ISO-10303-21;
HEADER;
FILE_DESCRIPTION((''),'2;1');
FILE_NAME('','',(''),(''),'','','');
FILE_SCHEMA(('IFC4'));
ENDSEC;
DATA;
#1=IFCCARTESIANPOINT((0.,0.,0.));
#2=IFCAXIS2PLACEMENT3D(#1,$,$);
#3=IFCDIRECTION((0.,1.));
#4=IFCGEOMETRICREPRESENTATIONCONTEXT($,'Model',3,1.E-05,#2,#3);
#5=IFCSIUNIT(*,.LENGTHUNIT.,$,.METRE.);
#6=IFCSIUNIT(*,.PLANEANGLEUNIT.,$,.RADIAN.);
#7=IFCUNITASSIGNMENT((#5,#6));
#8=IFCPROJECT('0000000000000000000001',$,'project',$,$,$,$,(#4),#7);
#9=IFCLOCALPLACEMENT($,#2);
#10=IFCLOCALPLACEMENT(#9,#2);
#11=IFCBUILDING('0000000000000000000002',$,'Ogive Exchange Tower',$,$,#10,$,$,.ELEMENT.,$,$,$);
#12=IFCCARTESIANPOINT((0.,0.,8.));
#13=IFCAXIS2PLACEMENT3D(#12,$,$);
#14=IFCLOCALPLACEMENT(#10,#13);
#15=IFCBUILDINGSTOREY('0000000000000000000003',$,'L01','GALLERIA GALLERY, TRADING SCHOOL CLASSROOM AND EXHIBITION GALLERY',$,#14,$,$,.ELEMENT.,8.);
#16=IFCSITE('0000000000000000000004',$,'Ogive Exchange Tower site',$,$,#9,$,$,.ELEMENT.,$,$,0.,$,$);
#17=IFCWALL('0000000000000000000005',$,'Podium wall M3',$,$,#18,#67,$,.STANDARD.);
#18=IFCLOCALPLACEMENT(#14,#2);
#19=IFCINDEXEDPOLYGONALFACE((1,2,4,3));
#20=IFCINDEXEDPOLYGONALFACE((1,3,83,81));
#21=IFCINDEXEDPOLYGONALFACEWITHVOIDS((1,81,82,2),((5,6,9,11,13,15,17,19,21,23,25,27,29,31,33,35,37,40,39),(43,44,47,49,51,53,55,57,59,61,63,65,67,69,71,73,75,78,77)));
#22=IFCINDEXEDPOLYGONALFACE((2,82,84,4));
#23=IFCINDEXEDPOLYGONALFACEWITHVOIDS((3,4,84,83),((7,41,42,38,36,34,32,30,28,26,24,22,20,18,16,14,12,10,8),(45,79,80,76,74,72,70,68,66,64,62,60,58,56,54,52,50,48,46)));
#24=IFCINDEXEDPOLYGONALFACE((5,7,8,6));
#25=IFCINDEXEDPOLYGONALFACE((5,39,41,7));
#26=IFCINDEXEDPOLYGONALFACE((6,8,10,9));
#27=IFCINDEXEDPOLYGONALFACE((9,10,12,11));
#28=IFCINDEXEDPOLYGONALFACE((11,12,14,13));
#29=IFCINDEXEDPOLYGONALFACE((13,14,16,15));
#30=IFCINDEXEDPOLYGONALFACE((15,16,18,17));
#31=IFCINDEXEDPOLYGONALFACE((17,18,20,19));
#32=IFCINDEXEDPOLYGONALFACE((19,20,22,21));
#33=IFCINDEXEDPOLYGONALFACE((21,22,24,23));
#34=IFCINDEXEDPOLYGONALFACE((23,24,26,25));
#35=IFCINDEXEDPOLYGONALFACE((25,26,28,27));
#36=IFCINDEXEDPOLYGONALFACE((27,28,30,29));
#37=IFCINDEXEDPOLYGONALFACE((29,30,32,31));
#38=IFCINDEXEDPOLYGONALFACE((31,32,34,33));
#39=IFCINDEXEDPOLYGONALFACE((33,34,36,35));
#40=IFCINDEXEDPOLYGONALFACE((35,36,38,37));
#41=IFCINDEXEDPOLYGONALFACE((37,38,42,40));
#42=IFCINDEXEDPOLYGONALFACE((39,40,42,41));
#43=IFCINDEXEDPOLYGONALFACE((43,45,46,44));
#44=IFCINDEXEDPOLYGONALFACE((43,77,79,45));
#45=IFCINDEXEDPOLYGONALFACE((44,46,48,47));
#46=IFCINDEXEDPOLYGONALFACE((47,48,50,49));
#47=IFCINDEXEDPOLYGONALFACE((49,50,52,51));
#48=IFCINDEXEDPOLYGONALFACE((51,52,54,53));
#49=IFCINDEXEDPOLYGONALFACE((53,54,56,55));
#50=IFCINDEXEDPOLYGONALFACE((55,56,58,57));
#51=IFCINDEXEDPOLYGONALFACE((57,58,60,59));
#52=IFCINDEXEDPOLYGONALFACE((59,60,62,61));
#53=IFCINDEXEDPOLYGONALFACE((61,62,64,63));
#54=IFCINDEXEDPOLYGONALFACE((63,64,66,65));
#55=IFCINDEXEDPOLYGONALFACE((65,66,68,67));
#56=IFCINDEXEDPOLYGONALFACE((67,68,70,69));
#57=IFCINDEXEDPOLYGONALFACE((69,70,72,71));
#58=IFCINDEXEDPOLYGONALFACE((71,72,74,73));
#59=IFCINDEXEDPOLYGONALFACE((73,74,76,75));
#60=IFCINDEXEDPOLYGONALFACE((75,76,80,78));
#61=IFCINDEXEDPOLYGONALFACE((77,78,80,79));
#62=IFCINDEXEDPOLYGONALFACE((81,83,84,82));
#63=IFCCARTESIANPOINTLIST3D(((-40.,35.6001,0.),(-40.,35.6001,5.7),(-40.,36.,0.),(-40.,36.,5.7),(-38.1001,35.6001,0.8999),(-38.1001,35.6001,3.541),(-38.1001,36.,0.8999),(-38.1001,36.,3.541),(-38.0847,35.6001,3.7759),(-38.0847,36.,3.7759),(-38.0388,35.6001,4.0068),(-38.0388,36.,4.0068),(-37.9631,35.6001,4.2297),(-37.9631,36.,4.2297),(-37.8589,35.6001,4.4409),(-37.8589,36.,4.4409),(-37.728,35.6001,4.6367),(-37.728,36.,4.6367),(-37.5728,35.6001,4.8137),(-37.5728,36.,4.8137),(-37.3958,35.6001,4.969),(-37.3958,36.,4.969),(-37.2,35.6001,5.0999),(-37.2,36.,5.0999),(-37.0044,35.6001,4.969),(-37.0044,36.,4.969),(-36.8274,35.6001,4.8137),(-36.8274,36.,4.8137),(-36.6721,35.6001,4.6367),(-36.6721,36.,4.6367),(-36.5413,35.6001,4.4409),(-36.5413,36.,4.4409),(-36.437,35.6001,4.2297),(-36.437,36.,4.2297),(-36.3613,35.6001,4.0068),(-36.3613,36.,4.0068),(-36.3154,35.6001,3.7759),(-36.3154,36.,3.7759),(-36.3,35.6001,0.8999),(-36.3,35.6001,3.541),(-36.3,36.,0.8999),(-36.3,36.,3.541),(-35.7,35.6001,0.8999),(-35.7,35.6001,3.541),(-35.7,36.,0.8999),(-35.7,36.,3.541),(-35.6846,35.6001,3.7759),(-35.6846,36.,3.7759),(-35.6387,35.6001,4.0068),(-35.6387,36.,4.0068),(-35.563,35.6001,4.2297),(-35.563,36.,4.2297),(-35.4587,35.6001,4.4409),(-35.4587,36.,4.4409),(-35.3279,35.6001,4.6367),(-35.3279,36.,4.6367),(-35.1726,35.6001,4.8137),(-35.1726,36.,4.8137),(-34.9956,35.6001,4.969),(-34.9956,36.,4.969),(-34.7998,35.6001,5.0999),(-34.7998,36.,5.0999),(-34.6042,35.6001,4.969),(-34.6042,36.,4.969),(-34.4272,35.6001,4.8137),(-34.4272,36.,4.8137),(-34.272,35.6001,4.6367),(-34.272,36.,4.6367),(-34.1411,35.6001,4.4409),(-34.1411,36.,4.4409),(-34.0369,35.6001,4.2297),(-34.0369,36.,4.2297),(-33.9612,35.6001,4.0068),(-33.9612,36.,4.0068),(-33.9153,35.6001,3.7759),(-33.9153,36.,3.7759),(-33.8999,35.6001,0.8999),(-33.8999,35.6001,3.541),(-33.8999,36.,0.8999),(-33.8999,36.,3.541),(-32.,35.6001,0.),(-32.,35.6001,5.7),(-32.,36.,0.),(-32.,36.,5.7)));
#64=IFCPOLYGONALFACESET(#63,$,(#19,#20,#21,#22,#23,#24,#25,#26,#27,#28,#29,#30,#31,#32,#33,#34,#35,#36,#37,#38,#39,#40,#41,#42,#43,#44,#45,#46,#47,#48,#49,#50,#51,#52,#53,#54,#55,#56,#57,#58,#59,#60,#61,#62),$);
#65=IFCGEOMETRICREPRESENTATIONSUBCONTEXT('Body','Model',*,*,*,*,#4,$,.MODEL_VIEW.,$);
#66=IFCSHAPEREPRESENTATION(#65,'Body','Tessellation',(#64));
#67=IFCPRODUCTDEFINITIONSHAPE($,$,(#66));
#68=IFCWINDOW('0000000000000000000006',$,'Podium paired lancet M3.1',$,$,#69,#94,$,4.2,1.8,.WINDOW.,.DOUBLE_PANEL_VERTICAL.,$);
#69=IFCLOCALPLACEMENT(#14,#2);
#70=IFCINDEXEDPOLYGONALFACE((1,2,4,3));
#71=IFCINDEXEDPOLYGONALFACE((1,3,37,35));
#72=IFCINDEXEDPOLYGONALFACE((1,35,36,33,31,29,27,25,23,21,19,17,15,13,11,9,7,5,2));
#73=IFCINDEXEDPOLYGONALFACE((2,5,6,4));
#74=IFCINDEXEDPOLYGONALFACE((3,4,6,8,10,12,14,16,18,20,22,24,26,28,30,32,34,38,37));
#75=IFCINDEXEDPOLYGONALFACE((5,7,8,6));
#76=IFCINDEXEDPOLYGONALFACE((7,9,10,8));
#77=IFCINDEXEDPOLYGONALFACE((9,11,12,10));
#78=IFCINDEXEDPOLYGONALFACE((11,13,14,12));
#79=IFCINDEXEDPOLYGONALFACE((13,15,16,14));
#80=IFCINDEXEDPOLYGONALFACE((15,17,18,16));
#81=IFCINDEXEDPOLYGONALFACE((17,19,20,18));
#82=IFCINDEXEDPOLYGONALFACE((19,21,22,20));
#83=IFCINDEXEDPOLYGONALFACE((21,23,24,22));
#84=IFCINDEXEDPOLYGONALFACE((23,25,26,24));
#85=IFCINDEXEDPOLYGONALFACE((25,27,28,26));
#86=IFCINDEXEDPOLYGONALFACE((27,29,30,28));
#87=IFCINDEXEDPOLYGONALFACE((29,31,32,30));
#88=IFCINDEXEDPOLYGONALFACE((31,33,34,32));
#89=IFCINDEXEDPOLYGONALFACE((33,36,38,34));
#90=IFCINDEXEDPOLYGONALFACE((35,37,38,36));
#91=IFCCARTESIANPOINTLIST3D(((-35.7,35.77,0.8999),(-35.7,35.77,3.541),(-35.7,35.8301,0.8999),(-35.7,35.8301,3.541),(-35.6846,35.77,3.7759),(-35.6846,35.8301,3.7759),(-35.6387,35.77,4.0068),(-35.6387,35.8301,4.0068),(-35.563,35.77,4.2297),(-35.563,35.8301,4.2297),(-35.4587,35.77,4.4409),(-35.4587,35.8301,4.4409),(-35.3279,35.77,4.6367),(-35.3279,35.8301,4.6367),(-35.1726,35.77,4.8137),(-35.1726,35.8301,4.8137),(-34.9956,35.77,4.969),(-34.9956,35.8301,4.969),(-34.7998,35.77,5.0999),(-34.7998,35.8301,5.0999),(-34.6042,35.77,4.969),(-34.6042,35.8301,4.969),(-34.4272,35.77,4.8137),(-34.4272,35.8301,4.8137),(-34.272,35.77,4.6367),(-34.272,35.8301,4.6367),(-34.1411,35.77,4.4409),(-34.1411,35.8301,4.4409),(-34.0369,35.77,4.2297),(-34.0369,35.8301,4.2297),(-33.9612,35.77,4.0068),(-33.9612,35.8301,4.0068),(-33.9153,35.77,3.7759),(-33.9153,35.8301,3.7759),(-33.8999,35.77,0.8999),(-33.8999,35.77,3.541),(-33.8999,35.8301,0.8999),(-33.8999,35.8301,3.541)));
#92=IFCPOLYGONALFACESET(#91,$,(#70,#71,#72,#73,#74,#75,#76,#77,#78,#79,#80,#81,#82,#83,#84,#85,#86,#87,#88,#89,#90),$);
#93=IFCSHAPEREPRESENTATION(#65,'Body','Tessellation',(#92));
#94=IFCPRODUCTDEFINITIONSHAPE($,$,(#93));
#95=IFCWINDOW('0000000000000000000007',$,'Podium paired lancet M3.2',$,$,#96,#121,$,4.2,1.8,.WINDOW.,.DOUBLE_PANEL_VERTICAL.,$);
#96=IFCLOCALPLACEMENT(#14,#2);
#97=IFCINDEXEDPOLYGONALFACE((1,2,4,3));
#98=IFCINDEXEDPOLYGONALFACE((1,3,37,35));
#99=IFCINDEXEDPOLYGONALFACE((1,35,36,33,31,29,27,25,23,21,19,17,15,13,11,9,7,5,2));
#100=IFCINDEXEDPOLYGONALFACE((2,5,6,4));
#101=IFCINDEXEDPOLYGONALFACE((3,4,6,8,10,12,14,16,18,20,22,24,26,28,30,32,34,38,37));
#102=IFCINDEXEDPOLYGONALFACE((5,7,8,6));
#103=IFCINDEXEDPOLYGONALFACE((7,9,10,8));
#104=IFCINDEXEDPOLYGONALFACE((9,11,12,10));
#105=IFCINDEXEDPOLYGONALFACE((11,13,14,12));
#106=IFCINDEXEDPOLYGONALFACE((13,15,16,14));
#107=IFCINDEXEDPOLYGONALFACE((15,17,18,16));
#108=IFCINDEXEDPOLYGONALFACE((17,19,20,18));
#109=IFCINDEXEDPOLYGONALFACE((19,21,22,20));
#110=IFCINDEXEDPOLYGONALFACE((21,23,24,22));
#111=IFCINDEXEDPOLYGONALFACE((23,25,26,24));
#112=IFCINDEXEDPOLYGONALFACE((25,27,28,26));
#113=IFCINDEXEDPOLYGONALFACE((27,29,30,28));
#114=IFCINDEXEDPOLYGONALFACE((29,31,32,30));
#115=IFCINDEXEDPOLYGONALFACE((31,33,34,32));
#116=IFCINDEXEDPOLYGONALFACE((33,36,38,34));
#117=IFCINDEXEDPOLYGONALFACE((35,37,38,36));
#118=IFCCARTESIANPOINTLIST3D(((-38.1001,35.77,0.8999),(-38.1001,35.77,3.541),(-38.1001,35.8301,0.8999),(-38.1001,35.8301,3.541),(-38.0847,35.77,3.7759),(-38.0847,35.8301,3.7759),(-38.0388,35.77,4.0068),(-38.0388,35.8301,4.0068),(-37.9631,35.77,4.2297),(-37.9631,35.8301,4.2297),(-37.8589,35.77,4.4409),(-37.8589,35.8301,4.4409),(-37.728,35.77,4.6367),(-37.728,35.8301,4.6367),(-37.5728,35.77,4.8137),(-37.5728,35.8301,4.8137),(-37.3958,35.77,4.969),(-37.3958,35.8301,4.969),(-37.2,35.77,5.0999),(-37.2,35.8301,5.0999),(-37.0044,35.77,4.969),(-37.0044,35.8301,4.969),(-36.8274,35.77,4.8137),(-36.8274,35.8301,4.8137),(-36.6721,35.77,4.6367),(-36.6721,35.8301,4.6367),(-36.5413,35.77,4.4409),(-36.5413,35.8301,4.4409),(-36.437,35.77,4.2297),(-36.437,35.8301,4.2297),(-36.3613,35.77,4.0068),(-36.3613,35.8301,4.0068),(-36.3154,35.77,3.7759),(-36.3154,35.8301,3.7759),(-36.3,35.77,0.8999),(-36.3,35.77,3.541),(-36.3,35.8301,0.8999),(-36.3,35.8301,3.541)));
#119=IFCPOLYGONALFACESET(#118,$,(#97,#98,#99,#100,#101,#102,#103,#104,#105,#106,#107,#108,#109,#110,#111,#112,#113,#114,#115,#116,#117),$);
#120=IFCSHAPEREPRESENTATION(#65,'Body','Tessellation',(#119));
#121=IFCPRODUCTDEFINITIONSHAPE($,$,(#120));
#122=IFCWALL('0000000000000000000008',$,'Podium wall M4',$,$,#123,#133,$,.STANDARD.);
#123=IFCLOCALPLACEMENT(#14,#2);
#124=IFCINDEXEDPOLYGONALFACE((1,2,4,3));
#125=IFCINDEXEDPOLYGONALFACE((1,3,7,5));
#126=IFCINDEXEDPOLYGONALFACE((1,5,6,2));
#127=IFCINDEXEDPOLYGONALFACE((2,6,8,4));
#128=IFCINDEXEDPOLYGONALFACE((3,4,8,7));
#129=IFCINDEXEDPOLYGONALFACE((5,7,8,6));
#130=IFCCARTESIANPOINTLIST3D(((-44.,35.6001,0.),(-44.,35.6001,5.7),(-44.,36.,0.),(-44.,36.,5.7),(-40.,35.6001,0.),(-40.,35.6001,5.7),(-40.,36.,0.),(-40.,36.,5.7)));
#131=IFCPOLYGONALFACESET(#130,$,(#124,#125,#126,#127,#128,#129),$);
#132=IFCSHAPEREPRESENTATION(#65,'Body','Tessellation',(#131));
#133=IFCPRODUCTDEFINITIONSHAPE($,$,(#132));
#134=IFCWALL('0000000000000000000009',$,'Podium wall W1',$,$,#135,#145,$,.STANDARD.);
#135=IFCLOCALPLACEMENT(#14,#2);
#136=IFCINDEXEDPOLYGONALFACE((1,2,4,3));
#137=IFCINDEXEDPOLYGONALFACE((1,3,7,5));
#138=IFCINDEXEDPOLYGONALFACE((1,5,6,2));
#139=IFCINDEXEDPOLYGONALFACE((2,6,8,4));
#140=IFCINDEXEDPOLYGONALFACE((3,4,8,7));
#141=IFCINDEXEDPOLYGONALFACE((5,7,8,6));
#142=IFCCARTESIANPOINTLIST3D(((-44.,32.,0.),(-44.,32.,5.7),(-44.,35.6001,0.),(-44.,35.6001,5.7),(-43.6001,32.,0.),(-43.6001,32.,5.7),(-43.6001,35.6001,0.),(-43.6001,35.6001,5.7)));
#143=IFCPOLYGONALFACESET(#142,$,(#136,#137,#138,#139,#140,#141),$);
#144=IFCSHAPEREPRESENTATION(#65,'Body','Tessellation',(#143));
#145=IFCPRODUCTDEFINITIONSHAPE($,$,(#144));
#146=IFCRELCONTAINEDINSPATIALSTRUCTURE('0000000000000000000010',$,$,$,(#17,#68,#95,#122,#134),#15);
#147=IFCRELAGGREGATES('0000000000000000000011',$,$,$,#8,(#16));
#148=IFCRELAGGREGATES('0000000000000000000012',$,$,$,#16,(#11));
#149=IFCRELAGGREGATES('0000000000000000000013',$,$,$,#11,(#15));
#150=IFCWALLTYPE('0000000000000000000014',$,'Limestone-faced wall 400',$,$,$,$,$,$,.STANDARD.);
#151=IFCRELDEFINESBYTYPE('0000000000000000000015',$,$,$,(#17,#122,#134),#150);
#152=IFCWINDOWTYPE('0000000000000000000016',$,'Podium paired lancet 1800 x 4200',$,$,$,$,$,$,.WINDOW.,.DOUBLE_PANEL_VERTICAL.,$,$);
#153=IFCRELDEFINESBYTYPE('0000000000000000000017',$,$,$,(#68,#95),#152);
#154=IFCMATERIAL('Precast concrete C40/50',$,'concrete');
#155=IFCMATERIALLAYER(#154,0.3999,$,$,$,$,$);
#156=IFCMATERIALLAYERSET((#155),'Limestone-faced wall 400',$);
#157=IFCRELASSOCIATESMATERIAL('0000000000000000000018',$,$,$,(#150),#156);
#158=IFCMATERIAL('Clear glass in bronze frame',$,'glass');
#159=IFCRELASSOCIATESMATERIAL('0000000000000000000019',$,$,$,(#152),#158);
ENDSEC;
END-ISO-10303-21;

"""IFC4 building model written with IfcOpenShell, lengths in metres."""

from ifc_helpers import new_model, si_unit, direction, frame, frame_2d, origin, place, context, subcontext, project, spatial, polyline, rectangle, outline, extrude, material, layer, layer_set, type_object, element, fill, save


model = new_model("IFC4")

# Units and contexts
model_context = context("Model", 3, precision=1e-05, world=origin(), true_north=direction((0.0, 1.0)))
body_context = subcontext(model_context, "Body", "Model", "MODEL_VIEW")
ifc_project = project(units=[si_unit("LENGTHUNIT", "METRE"), si_unit("PLANEANGLEUNIT", "RADIAN")], contexts=[model_context])

# Site, building, storey
site_placement = place(None, origin())
site = spatial("IfcSite", under=ifc_project, at=site_placement, Name="Ogive Exchange Tower site", CompositionType="ELEMENT", RefElevation=0.0)
building_placement = place(site_placement, origin())
building = spatial("IfcBuilding", under=site, at=building_placement, Name="Ogive Exchange Tower", CompositionType="ELEMENT")
storey_placement = place(building_placement, frame((0.0, 0.0, 8.0)))
storey = spatial("IfcBuildingStorey", under=building, at=storey_placement, Name="L01", Description="GALLERIA GALLERY, TRADING SCHOOL CLASSROOM AND EXHIBITION GALLERY", CompositionType="ELEMENT", Elevation=8.0)

# Wall, openings, windows
ifc_material_1 = material(Name="Precast concrete C40/50", Category="concrete")
ifc_layer_1 = layer(ifc_material_1, 0.3999)
ifc_layer_set_1 = layer_set([ifc_layer_1], Name="Limestone-faced wall 400")
wall_type_1 = type_object("IfcWallType", Name="Limestone-faced wall 400", PredefinedType="STANDARD", material=ifc_layer_set_1)
wall_1_placement = place(storey_placement, frame((-32.0, 35.8, 0.0), z_axis=(0.0, 0.0, 1.0), x_axis=(-1.0, 0.0, 0.0)))
wall_1 = element("IfcWall", 1, at=wall_1_placement, inside=storey, type_object=wall_type_1, Name="Podium wall M3", PredefinedType="STANDARD", context=body_context, shape_type="SweptSolid", body=[
    extrude(rectangle(XDim=8.0, YDim=0.3999, at=frame_2d((4.0, 0.0))), origin(), (0.0, 0.0, 1.0), 5.7),
])
opening_1_placement = place(wall_1_placement, frame((1.8999, 0.0, 0.8999)))
opening_1 = element("IfcOpeningElement", 2, at=opening_1_placement, cuts=wall_1, PredefinedType="OPENING", context=body_context, shape_type="SweptSolid", body=[
    extrude(outline(polyline([(0.0, 0.0), (1.8, 0.0), (1.8, 2.6411), (1.7847, 2.876), (1.7388, 3.1069), (1.6631, 3.3298), (1.5588, 3.541), (1.428, 3.7368), (1.2727, 3.9138), (1.0957, 4.0691), (0.8999, 4.2), (0.7043, 4.0691), (0.5273, 3.9138), (0.3721, 3.7368), (0.2412, 3.541), (0.137, 3.3298), (0.0613, 3.1069), (0.0154, 2.876), (0.0, 2.6411), (0.0, 0.0)])), frame((0.0, 0.21, 0.0), z_axis=(0.0, -1.0, 0.0), x_axis=(1.0, 0.0, 0.0)), (0.0, 0.0, 1.0), 0.4199),
])
opening_2_placement = place(wall_1_placement, frame((4.3, 0.0, 0.8999)))
opening_2 = element("IfcOpeningElement", 3, at=opening_2_placement, cuts=wall_1, PredefinedType="OPENING", context=body_context, shape_type="SweptSolid", body=[
    extrude(outline(polyline([(0.0, 0.0), (1.8, 0.0), (1.8, 2.6411), (1.7847, 2.876), (1.7388, 3.1069), (1.6631, 3.3298), (1.5588, 3.541), (1.428, 3.7368), (1.2727, 3.9138), (1.0957, 4.0691), (0.8999, 4.2), (0.7043, 4.0691), (0.5273, 3.9138), (0.3721, 3.7368), (0.2412, 3.541), (0.137, 3.3298), (0.0613, 3.1069), (0.0154, 2.876), (0.0, 2.6411), (0.0, 0.0)])), frame((0.0, 0.21, 0.0), z_axis=(0.0, -1.0, 0.0), x_axis=(1.0, 0.0, 0.0)), (0.0, 0.0, 1.0), 0.4199),
])
ifc_material_2 = material(Name="Clear glass in bronze frame", Category="glass")
window_type_1 = type_object("IfcWindowType", Name="Podium paired lancet 1800 x 4200", PartitioningType="DOUBLE_PANEL_VERTICAL", PredefinedType="WINDOW", material=ifc_material_2)
window_1_placement = place(opening_1_placement, origin())
window_1 = element("IfcWindow", 4, at=window_1_placement, inside=storey, type_object=window_type_1, Name="Podium paired lancet M3.1", OverallHeight=4.2, OverallWidth=1.8, PartitioningType="DOUBLE_PANEL_VERTICAL", PredefinedType="WINDOW", context=body_context, shape_type="SweptSolid", body=[
    extrude(outline(polyline([(0.0, 0.0), (1.8, 0.0), (1.8, 2.6411), (1.7847, 2.876), (1.7388, 3.1069), (1.6631, 3.3298), (1.5588, 3.541), (1.428, 3.7368), (1.2727, 3.9138), (1.0957, 4.0691), (0.8999, 4.2), (0.7043, 4.0691), (0.5273, 3.9138), (0.3721, 3.7368), (0.2412, 3.541), (0.137, 3.3298), (0.0613, 3.1069), (0.0154, 2.876), (0.0, 2.6411), (0.0, 0.0)])), frame((0.0, 0.03, 0.0), z_axis=(0.0, -1.0, 0.0), x_axis=(1.0, 0.0, 0.0)), (0.0, 0.0, 1.0), 0.0601),
])
fill(opening_1, window_1)
window_2_placement = place(opening_2_placement, origin())
window_2 = element("IfcWindow", 5, at=window_2_placement, inside=storey, type_object=window_type_1, Name="Podium paired lancet M3.2", OverallHeight=4.2, OverallWidth=1.8, PartitioningType="DOUBLE_PANEL_VERTICAL", PredefinedType="WINDOW", context=body_context, shape_type="SweptSolid", body=[
    extrude(outline(polyline([(0.0, 0.0), (1.8, 0.0), (1.8, 2.6411), (1.7847, 2.876), (1.7388, 3.1069), (1.6631, 3.3298), (1.5588, 3.541), (1.428, 3.7368), (1.2727, 3.9138), (1.0957, 4.0691), (0.8999, 4.2), (0.7043, 4.0691), (0.5273, 3.9138), (0.3721, 3.7368), (0.2412, 3.541), (0.137, 3.3298), (0.0613, 3.1069), (0.0154, 2.876), (0.0, 2.6411), (0.0, 0.0)])), frame((0.0, 0.03, 0.0), z_axis=(0.0, -1.0, 0.0), x_axis=(1.0, 0.0, 0.0)), (0.0, 0.0, 1.0), 0.0601),
])
fill(opening_2, window_2)

# Walls
wall_2_placement = place(storey_placement, frame((-40.0, 35.8, 0.0), z_axis=(0.0, 0.0, 1.0), x_axis=(-1.0, 0.0, 0.0)))
element("IfcWall", 6, at=wall_2_placement, inside=storey, type_object=wall_type_1, Name="Podium wall M4", PredefinedType="STANDARD", context=body_context, shape_type="SweptSolid", body=[
    extrude(rectangle(XDim=4.0, YDim=0.3999, at=frame_2d((2.0, 0.0))), origin(), (0.0, 0.0, 1.0), 5.7),
])
wall_3_placement = place(storey_placement, frame((-43.8, 35.6001, 0.0), z_axis=(0.0, 0.0, 1.0), x_axis=(0.0, -1.0, 0.0)))
element("IfcWall", 7, at=wall_3_placement, inside=storey, type_object=wall_type_1, Name="Podium wall W1", PredefinedType="STANDARD", context=body_context, shape_type="SweptSolid", body=[
    extrude(rectangle(XDim=3.6001, YDim=0.3999, at=frame_2d((1.8, 0.0))), origin(), (0.0, 0.0, 1.0), 5.7),
])

save(model, "model.ifc")
